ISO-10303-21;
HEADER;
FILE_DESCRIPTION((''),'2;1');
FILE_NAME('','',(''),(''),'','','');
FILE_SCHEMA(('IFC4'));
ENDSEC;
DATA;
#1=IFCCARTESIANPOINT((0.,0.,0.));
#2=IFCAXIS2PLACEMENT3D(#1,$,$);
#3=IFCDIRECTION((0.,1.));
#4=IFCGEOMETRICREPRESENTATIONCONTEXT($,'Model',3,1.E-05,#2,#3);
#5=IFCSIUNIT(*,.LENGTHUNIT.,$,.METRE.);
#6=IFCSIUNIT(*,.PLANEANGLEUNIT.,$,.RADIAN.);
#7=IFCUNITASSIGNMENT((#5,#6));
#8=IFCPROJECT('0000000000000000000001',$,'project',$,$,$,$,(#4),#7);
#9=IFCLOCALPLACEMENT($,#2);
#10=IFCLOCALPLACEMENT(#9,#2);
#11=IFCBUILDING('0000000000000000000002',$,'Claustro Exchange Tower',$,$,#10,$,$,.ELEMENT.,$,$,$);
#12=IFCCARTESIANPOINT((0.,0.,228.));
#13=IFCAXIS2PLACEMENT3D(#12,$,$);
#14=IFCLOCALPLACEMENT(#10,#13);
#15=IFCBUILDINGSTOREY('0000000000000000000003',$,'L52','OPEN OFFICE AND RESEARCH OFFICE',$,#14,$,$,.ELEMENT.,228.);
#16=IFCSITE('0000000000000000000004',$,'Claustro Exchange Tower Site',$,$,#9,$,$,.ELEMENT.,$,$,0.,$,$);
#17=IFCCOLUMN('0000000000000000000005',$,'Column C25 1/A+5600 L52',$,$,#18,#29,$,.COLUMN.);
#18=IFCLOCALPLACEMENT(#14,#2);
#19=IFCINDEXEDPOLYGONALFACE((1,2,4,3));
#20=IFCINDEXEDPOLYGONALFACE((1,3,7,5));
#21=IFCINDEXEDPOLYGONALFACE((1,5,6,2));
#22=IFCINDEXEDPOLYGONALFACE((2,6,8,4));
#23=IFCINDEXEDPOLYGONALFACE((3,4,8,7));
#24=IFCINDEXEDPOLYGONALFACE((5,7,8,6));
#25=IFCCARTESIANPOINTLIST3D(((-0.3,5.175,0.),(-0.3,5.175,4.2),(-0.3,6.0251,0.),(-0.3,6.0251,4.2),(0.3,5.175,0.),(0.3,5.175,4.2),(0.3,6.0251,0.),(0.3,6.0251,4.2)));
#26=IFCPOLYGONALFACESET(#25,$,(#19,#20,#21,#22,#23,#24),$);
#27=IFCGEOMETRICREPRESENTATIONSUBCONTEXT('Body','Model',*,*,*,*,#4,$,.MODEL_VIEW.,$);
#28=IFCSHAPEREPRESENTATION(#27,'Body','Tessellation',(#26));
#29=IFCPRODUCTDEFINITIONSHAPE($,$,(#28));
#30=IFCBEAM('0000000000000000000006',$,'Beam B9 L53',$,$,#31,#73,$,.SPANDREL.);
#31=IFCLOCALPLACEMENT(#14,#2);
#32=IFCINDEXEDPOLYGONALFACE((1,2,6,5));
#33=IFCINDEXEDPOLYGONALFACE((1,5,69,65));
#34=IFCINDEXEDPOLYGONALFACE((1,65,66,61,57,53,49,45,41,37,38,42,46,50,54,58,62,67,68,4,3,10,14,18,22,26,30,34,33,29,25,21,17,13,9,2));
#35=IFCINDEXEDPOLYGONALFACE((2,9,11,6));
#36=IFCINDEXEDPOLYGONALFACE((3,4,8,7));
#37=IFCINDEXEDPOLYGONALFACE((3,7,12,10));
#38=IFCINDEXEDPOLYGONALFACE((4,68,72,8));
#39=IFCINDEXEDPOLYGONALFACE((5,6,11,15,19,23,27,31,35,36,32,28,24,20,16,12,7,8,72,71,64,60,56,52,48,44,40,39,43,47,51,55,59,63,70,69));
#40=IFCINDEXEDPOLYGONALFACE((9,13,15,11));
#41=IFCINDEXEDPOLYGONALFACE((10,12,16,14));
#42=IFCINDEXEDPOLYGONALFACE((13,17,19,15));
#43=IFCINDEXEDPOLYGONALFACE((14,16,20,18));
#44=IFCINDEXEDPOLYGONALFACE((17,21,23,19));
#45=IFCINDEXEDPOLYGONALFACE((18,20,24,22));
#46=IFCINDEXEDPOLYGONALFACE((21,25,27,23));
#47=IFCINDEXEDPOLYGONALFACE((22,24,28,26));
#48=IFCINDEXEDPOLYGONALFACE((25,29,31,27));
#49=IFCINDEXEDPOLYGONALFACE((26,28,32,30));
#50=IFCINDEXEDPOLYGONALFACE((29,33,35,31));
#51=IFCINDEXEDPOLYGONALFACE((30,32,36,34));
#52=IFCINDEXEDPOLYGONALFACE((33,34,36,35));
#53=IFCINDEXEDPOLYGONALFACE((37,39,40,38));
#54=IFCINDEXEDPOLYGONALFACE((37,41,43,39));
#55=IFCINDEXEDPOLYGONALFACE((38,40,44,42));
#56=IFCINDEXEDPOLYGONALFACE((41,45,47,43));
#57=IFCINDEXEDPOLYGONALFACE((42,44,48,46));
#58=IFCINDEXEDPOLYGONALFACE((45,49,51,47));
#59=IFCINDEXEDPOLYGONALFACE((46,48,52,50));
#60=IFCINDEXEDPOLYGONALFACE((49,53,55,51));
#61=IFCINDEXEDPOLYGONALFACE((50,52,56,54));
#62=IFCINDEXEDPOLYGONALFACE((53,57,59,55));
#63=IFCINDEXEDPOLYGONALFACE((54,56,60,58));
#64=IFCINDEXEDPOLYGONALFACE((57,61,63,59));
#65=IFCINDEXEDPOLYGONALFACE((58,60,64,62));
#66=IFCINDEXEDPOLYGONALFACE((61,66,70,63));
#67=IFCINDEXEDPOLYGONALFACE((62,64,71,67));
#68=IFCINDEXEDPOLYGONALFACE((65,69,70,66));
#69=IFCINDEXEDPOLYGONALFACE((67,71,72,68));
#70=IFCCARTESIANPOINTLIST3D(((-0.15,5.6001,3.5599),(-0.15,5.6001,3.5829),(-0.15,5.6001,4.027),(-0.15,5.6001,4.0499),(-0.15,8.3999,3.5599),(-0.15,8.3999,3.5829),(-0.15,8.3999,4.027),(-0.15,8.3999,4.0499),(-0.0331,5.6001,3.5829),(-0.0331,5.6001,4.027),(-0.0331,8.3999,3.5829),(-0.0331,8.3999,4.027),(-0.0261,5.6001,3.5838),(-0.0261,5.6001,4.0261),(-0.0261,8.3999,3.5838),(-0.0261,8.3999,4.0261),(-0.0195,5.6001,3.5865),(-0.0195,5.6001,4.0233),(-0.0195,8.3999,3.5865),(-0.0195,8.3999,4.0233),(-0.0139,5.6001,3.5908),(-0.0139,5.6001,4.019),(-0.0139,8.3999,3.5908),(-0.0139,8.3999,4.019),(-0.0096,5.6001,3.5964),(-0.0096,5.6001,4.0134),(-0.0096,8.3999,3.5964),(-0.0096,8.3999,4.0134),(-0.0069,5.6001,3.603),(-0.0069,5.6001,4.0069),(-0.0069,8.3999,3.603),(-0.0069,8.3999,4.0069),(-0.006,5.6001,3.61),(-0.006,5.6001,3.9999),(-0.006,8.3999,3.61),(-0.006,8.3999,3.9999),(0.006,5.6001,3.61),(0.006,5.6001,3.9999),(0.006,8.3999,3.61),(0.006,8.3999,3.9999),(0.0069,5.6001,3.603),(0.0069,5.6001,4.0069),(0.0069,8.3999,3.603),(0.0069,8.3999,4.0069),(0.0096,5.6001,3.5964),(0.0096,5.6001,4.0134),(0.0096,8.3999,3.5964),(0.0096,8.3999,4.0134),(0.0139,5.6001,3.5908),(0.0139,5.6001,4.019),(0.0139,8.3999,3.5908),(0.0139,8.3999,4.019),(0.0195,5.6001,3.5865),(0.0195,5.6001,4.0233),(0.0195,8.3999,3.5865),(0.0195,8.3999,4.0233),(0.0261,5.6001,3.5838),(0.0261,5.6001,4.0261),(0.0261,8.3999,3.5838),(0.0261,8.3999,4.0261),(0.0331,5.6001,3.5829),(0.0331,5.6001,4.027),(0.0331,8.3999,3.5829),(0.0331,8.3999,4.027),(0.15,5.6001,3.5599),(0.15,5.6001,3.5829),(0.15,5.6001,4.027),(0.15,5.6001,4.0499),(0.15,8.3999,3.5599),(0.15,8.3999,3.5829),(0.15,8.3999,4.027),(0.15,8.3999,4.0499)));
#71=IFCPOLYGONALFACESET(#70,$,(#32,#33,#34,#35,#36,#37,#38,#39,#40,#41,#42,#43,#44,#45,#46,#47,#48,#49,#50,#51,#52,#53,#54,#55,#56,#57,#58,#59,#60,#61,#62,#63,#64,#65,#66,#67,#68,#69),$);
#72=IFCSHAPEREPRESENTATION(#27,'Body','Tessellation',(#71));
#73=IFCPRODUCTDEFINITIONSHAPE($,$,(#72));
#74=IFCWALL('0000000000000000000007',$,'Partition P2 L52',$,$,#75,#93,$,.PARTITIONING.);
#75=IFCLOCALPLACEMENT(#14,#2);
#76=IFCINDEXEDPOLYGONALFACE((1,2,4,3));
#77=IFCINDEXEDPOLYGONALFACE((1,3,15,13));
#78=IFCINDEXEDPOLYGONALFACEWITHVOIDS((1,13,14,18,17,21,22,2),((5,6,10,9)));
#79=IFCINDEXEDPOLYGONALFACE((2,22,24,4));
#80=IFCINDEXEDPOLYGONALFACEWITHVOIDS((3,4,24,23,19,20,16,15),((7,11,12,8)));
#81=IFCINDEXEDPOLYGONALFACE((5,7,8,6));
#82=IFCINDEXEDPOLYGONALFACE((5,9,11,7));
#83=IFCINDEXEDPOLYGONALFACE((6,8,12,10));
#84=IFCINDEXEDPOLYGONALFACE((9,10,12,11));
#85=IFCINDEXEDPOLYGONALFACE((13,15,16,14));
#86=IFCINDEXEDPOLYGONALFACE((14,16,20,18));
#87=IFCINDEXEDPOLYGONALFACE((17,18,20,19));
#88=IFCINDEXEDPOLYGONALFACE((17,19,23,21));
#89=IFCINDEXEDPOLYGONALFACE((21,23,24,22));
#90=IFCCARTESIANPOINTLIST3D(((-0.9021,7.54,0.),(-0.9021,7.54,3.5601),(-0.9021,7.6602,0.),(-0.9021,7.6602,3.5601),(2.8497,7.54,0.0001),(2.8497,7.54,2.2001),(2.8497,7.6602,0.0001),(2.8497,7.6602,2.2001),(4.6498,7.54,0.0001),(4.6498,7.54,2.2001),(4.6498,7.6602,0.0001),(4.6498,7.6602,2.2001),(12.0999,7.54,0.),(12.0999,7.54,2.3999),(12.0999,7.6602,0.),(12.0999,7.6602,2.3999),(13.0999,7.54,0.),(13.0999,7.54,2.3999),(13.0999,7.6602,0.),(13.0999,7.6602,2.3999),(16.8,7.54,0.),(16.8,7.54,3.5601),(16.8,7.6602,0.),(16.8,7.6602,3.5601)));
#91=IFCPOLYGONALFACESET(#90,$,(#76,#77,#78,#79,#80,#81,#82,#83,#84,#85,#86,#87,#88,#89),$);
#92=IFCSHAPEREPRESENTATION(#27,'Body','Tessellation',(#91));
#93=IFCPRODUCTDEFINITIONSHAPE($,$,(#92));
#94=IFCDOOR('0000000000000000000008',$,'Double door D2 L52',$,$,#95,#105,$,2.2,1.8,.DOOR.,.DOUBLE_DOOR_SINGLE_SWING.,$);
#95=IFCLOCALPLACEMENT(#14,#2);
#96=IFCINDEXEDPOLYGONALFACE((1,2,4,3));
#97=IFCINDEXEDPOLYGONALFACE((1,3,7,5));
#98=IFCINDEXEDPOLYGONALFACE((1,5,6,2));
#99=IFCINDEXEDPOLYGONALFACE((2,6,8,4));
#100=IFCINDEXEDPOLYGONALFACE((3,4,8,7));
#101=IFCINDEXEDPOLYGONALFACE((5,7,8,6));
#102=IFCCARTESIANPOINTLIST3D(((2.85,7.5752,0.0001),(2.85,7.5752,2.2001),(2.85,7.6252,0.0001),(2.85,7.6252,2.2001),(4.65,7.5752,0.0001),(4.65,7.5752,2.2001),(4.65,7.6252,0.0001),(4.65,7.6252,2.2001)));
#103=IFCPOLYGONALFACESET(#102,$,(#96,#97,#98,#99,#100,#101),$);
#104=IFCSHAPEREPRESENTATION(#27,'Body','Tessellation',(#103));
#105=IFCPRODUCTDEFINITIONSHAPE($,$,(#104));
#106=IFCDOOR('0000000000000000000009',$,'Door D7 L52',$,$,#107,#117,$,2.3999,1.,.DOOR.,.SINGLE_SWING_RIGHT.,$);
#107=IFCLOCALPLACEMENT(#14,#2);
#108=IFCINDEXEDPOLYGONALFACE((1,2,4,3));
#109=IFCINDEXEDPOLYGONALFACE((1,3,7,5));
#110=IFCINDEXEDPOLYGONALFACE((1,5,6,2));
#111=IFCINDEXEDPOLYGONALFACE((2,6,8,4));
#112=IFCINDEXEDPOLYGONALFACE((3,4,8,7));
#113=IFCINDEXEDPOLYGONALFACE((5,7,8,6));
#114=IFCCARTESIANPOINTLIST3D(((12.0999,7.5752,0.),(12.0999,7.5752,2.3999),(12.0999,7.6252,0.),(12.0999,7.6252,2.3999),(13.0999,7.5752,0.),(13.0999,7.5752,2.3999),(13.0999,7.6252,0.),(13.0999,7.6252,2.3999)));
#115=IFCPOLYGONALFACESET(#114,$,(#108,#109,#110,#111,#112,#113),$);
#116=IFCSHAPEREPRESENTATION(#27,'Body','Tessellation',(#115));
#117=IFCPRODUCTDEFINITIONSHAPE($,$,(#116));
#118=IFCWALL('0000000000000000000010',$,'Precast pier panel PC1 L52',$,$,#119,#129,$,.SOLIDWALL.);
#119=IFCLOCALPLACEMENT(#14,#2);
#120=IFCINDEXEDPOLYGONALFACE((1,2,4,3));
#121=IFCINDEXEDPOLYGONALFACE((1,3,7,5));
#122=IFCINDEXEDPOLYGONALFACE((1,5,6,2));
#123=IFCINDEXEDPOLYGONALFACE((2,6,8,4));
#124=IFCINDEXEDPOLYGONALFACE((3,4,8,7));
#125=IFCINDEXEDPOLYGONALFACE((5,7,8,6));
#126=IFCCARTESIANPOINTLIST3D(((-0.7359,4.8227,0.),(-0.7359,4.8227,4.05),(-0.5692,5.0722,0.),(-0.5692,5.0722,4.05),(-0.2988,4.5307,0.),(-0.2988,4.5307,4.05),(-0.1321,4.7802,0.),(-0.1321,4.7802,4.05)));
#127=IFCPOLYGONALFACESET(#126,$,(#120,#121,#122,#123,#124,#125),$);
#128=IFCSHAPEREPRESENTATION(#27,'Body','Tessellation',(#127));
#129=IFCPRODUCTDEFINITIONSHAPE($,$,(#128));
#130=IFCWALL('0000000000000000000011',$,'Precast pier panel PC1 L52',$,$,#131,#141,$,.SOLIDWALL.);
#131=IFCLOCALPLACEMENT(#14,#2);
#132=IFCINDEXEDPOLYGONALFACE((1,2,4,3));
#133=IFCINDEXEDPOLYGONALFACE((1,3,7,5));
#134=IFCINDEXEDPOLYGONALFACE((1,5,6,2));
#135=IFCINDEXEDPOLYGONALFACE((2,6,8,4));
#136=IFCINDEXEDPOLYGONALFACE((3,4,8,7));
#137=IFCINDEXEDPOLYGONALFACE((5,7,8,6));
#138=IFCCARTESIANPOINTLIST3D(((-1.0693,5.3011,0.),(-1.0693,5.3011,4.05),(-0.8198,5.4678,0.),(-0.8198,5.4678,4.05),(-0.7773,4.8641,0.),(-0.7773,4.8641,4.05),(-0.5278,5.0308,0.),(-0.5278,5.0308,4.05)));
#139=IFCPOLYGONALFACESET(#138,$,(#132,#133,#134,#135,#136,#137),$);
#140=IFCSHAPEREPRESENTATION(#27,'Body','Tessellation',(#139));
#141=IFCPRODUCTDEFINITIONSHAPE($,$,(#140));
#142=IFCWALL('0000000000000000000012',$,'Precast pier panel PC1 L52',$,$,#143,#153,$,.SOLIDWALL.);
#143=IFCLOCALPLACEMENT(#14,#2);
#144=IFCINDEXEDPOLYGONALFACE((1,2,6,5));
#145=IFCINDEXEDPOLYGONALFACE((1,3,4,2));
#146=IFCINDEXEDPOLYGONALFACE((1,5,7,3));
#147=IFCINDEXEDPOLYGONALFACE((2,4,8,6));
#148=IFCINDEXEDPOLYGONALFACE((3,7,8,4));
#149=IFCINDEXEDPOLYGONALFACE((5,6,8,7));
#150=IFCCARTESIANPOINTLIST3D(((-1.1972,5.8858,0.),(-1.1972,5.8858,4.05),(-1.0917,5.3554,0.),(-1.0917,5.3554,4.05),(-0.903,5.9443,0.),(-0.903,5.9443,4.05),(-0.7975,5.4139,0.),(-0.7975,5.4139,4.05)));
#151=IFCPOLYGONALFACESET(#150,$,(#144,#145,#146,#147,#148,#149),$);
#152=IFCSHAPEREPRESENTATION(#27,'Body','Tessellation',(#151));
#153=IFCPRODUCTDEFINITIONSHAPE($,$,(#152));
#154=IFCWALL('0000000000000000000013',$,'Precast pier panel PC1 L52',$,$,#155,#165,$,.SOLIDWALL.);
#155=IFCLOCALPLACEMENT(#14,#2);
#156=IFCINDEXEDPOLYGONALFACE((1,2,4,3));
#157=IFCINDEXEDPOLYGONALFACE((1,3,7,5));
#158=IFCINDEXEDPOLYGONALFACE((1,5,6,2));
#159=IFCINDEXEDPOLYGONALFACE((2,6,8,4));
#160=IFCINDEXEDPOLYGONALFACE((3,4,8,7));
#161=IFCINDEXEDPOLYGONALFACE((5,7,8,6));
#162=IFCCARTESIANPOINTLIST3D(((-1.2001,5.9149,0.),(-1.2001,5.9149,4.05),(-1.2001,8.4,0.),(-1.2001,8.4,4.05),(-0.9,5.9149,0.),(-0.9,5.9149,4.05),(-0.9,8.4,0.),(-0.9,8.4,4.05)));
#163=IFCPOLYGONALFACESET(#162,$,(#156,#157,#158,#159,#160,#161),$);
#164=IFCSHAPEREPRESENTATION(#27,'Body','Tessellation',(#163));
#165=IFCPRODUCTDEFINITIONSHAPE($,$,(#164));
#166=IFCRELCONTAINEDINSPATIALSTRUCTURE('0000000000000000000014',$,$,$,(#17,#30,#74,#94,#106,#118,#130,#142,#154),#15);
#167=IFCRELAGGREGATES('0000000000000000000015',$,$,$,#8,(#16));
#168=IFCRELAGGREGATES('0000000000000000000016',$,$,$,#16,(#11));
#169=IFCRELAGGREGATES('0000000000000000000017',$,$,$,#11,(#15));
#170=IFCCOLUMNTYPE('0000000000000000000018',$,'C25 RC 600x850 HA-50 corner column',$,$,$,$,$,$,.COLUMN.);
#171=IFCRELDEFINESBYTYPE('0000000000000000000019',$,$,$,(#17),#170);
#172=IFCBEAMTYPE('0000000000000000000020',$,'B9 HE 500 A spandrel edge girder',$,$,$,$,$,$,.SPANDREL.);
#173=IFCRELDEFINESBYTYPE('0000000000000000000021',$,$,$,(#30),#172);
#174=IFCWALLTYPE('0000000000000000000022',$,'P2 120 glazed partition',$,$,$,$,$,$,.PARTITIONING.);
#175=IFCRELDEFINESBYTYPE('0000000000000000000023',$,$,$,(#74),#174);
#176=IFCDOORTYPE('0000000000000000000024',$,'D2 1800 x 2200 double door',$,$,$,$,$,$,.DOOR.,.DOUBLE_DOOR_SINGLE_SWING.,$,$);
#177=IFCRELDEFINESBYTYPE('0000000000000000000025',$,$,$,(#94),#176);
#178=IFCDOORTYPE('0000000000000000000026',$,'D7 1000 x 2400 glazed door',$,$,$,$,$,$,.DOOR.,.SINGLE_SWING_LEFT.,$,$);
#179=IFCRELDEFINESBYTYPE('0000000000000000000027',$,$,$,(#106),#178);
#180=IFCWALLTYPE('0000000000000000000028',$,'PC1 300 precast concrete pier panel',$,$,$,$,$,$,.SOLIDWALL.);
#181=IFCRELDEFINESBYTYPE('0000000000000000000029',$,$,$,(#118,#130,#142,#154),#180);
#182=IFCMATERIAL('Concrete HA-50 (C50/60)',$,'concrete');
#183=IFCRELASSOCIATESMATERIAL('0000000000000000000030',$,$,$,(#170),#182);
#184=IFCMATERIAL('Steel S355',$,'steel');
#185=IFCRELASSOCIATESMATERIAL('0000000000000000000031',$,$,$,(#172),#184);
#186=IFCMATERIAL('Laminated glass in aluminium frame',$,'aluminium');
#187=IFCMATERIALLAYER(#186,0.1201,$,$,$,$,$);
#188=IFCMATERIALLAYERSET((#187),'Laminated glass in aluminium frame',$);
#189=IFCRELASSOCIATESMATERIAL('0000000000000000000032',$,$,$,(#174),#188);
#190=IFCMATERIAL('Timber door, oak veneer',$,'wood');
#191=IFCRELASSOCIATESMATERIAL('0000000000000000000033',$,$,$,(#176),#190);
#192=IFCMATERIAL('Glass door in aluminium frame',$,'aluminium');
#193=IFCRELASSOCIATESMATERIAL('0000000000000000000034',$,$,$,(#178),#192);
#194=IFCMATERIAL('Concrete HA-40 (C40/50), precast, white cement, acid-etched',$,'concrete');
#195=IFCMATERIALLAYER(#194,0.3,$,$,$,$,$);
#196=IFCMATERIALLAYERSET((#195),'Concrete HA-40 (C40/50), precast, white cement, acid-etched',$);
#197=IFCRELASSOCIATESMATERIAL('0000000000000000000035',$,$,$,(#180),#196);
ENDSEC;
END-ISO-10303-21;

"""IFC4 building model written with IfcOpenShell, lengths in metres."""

from ifc_helpers import new_model, si_unit, direction, frame, frame_2d, origin, origin_2d, place, context, subcontext, project, spatial, rectangle, i_section, extrude, material, layer, layer_set, material_profile, profile_set, type_object, element, fill, save


model = new_model("IFC4")

# Units and contexts
model_context = context("Model", 3, precision=1e-05, world=origin(), true_north=direction((0.0, 1.0)))
body_context = subcontext(model_context, "Body", "Model", "MODEL_VIEW")
ifc_project = project(units=[si_unit("LENGTHUNIT", "METRE"), si_unit("PLANEANGLEUNIT", "RADIAN")], contexts=[model_context])

# Site, building, storey
site_placement = place(None, origin())
site = spatial("IfcSite", under=ifc_project, at=site_placement, Name="Claustro Exchange Tower Site", CompositionType="ELEMENT", RefElevation=0.0)
building_placement = place(site_placement, origin())
building = spatial("IfcBuilding", under=site, at=building_placement, Name="Claustro Exchange Tower", CompositionType="ELEMENT")
storey_placement = place(building_placement, frame((0.0, 0.0, 228.0)))
storey = spatial("IfcBuildingStorey", under=building, at=storey_placement, Name="L52", Description="OPEN OFFICE AND RESEARCH OFFICE", CompositionType="ELEMENT", Elevation=228.0)

# Column
ifc_material_1 = material(Name="Concrete HA-50 (C50/60)", Category="concrete")
ifc_material_profile_1 = material_profile(ifc_material_1, rectangle(XDim=0.6001, YDim=0.8501, at=origin_2d()), Name="RC 600x850")
ifc_profile_set_1 = profile_set([ifc_material_profile_1], Name="Concrete HA-50 (C50/60)")
column_type = type_object("IfcColumnType", Name="C25 RC 600x850 HA-50 corner column", PredefinedType="COLUMN", material=ifc_profile_set_1)
column_placement = place(storey_placement, frame((0.0, 5.6001, 0.0), z_axis=(0.0, 0.0, 1.0), x_axis=(1.0, 0.0, 0.0)))
element("IfcColumn", 1, at=column_placement, inside=storey, type_object=column_type, Name="Column C25 1/A+5600 L52", PredefinedType="COLUMN", context=body_context, shape_type="SweptSolid", body=[
    extrude(rectangle(XDim=0.6001, YDim=0.8501, at=origin_2d()), origin(), (0.0, 0.0, 1.0), 4.2),
])

# Beam
ifc_material_2 = material(Name="Steel S355", Category="steel")
ifc_material_profile_2 = material_profile(ifc_material_2, i_section(OverallWidth=0.3, OverallDepth=0.49, WebThickness=0.012, FlangeThickness=0.0229, FilletRadius=0.0271, at=origin_2d()), Name="HE 500 A")
ifc_profile_set_2 = profile_set([ifc_material_profile_2], Name="Steel S355")
beam_type = type_object("IfcBeamType", Name="B9 HE 500 A spandrel edge girder", PredefinedType="SPANDREL", material=ifc_profile_set_2)
beam_placement = place(storey_placement, frame((0.0, 5.6001, 3.8049), z_axis=(0.0, 1.0, 0.0), x_axis=(-1.0, 0.0, 0.0)))
element("IfcBeam", 2, at=beam_placement, inside=storey, type_object=beam_type, Name="Beam B9 L53", PredefinedType="SPANDREL", context=body_context, shape_type="SweptSolid", body=[
    extrude(i_section(OverallWidth=0.3, OverallDepth=0.49, WebThickness=0.012, FlangeThickness=0.0229, FilletRadius=0.0271, at=origin_2d()), origin(), (0.0, 0.0, 1.0), 2.7998),
])

# Wall, openings, doors
ifc_material_3 = material(Name="Laminated glass in aluminium frame", Category="aluminium")
ifc_layer_1 = layer(ifc_material_3, 0.1201)
ifc_layer_set_1 = layer_set([ifc_layer_1], Name="Laminated glass in aluminium frame")
wall_type_1 = type_object("IfcWallType", Name="P2 120 glazed partition", PredefinedType="PARTITIONING", material=ifc_layer_set_1)
wall_1_placement = place(storey_placement, frame((-0.9021, 7.6001, 0.0), z_axis=(0.0, 0.0, 1.0), x_axis=(1.0, 0.0, 0.0)))
wall_1 = element("IfcWall", 3, at=wall_1_placement, inside=storey, type_object=wall_type_1, Name="Partition P2 L52", PredefinedType="PARTITIONING", context=body_context, shape_type="SweptSolid", body=[
    extrude(rectangle(XDim=17.7021, YDim=0.1201, at=frame_2d((8.8511, 0.0))), origin(), (0.0, 0.0, 1.0), 3.5601),
])
opening_1_placement = place(wall_1_placement, frame((3.752, 0.0, 0.0)))
opening_1 = element("IfcOpeningElement", 4, at=opening_1_placement, cuts=wall_1, PredefinedType="OPENING", context=body_context, shape_type="SweptSolid", body=[
    extrude(rectangle(XDim=1.8, YDim=2.2, at=frame_2d((0.8999, 1.1001))), frame((0.0, 0.0701, 0.0), z_axis=(0.0, -1.0, 0.0), x_axis=(1.0, 0.0, 0.0)), (0.0, 0.0, 1.0), 0.1401),
])
opening_2_placement = place(wall_1_placement, frame((13.002, 0.0, 0.0)))
opening_2 = element("IfcOpeningElement", 5, at=opening_2_placement, cuts=wall_1, PredefinedType="OPENING", context=body_context, shape_type="SweptSolid", body=[
    extrude(rectangle(XDim=1.0, YDim=2.3999, at=frame_2d((0.5, 1.2))), frame((0.0, 0.0701, 0.0), z_axis=(0.0, -1.0, 0.0), x_axis=(1.0, 0.0, 0.0)), (0.0, 0.0, 1.0), 0.1401),
])
ifc_material_4 = material(Name="Timber door, oak veneer", Category="wood")
door_type_1 = type_object("IfcDoorType", Name="D2 1800 x 2200 double door", OperationType="DOUBLE_DOOR_SINGLE_SWING", PredefinedType="DOOR", material=ifc_material_4)
door_1_placement = place(opening_1_placement, frame((1.8, 0.0, 0.0), z_axis=(0.0, 0.0, 1.0), x_axis=(-1.0, 0.0, 0.0)))
door_1 = element("IfcDoor", 6, at=door_1_placement, inside=storey, type_object=door_type_1, Name="Double door D2 L52", OperationType="DOUBLE_DOOR_SINGLE_SWING", OverallHeight=2.2, OverallWidth=1.8, PredefinedType="DOOR", context=body_context, shape_type="SweptSolid", body=[
    extrude(rectangle(XDim=1.8, YDim=2.2, at=frame_2d((0.8999, 1.1001))), frame((0.0, 0.0249, 0.0), z_axis=(0.0, -1.0, 0.0), x_axis=(1.0, 0.0, 0.0)), (0.0, 0.0, 1.0), 0.05),
])
fill(opening_1, door_1)
ifc_material_5 = material(Name="Glass door in aluminium frame", Category="aluminium")
door_type_2 = type_object("IfcDoorType", Name="D7 1000 x 2400 glazed door", OperationType="SINGLE_SWING_LEFT", PredefinedType="DOOR", material=ifc_material_5)
door_2_placement = place(opening_2_placement, frame((1.0, 0.0, 0.0), z_axis=(0.0, 0.0, 1.0), x_axis=(-1.0, 0.0, 0.0)))
door_2 = element("IfcDoor", 7, at=door_2_placement, inside=storey, type_object=door_type_2, Name="Door D7 L52", OperationType="SINGLE_SWING_RIGHT", OverallHeight=2.3999, OverallWidth=1.0, PredefinedType="DOOR", context=body_context, shape_type="SweptSolid", body=[
    extrude(rectangle(XDim=1.0, YDim=2.3999, at=frame_2d((0.5, 1.2))), frame((0.0, 0.0249, 0.0), z_axis=(0.0, -1.0, 0.0), x_axis=(1.0, 0.0, 0.0)), (0.0, 0.0, 1.0), 0.05),
])
fill(opening_2, door_2)

# Walls
ifc_material_6 = material(Name="Concrete HA-40 (C40/50), precast, white cement, acid-etched", Category="concrete")
ifc_layer_2 = layer(ifc_material_6, 0.3)
ifc_layer_set_2 = layer_set([ifc_layer_2], Name="Concrete HA-40 (C40/50), precast, white cement, acid-etched")
wall_type_2 = type_object("IfcWallType", Name="PC1 300 precast concrete pier panel", PredefinedType="SOLIDWALL", material=ifc_layer_set_2)
for number, where, z_axis, x_axis, name in (
    (8, (-0.2156, 4.6555, 0.0), (0.0, 0.0, 1.0), (-0.831478, 0.555557, 0.0), "Precast pier panel PC1 L52"),
    (9, (-0.6526, 4.9475, 0.0), (0.0, 0.0, 1.0), (-0.555557, 0.831478, 0.0), "Precast pier panel PC1 L52"),
):
    element("IfcWall", number, at=place(storey_placement, frame(where, z_axis=z_axis, x_axis=x_axis)), inside=storey, type_object=wall_type_2, Name=name, PredefinedType="SOLIDWALL", context=body_context, shape_type="SweptSolid", body=[
        extrude(rectangle(XDim=0.5256, YDim=0.3, at=frame_2d((0.2627, 0.0))), origin(), (0.0, 0.0, 1.0), 4.05),
    ])
wall_2_placement = place(storey_placement, frame((-0.9446, 5.3845, 0.0), z_axis=(0.0, 0.0, 1.0), x_axis=(-0.195074, 0.980789, 0.0)))
element("IfcWall", 10, at=wall_2_placement, inside=storey, type_object=wall_type_2, Name="Precast pier panel PC1 L52", PredefinedType="SOLIDWALL", context=body_context, shape_type="SweptSolid", body=[
    extrude(rectangle(XDim=0.5408, YDim=0.3, at=frame_2d((0.2705, 0.0))), origin(), (0.0, 0.0, 1.0), 4.05),
])
wall_3_placement = place(storey_placement, frame((-1.05, 5.9148, 0.0), z_axis=(0.0, 0.0, 1.0), x_axis=(0.0, 1.0, 0.0)))
element("IfcWall", 11, at=wall_3_placement, inside=storey, type_object=wall_type_2, Name="Precast pier panel PC1 L52", PredefinedType="SOLIDWALL", context=body_context, shape_type="SweptSolid", body=[
    extrude(rectangle(XDim=2.4851, YDim=0.3, at=frame_2d((1.2427, 0.0))), origin(), (0.0, 0.0, 1.0), 4.05),
])

save(model, "model.ifc")
